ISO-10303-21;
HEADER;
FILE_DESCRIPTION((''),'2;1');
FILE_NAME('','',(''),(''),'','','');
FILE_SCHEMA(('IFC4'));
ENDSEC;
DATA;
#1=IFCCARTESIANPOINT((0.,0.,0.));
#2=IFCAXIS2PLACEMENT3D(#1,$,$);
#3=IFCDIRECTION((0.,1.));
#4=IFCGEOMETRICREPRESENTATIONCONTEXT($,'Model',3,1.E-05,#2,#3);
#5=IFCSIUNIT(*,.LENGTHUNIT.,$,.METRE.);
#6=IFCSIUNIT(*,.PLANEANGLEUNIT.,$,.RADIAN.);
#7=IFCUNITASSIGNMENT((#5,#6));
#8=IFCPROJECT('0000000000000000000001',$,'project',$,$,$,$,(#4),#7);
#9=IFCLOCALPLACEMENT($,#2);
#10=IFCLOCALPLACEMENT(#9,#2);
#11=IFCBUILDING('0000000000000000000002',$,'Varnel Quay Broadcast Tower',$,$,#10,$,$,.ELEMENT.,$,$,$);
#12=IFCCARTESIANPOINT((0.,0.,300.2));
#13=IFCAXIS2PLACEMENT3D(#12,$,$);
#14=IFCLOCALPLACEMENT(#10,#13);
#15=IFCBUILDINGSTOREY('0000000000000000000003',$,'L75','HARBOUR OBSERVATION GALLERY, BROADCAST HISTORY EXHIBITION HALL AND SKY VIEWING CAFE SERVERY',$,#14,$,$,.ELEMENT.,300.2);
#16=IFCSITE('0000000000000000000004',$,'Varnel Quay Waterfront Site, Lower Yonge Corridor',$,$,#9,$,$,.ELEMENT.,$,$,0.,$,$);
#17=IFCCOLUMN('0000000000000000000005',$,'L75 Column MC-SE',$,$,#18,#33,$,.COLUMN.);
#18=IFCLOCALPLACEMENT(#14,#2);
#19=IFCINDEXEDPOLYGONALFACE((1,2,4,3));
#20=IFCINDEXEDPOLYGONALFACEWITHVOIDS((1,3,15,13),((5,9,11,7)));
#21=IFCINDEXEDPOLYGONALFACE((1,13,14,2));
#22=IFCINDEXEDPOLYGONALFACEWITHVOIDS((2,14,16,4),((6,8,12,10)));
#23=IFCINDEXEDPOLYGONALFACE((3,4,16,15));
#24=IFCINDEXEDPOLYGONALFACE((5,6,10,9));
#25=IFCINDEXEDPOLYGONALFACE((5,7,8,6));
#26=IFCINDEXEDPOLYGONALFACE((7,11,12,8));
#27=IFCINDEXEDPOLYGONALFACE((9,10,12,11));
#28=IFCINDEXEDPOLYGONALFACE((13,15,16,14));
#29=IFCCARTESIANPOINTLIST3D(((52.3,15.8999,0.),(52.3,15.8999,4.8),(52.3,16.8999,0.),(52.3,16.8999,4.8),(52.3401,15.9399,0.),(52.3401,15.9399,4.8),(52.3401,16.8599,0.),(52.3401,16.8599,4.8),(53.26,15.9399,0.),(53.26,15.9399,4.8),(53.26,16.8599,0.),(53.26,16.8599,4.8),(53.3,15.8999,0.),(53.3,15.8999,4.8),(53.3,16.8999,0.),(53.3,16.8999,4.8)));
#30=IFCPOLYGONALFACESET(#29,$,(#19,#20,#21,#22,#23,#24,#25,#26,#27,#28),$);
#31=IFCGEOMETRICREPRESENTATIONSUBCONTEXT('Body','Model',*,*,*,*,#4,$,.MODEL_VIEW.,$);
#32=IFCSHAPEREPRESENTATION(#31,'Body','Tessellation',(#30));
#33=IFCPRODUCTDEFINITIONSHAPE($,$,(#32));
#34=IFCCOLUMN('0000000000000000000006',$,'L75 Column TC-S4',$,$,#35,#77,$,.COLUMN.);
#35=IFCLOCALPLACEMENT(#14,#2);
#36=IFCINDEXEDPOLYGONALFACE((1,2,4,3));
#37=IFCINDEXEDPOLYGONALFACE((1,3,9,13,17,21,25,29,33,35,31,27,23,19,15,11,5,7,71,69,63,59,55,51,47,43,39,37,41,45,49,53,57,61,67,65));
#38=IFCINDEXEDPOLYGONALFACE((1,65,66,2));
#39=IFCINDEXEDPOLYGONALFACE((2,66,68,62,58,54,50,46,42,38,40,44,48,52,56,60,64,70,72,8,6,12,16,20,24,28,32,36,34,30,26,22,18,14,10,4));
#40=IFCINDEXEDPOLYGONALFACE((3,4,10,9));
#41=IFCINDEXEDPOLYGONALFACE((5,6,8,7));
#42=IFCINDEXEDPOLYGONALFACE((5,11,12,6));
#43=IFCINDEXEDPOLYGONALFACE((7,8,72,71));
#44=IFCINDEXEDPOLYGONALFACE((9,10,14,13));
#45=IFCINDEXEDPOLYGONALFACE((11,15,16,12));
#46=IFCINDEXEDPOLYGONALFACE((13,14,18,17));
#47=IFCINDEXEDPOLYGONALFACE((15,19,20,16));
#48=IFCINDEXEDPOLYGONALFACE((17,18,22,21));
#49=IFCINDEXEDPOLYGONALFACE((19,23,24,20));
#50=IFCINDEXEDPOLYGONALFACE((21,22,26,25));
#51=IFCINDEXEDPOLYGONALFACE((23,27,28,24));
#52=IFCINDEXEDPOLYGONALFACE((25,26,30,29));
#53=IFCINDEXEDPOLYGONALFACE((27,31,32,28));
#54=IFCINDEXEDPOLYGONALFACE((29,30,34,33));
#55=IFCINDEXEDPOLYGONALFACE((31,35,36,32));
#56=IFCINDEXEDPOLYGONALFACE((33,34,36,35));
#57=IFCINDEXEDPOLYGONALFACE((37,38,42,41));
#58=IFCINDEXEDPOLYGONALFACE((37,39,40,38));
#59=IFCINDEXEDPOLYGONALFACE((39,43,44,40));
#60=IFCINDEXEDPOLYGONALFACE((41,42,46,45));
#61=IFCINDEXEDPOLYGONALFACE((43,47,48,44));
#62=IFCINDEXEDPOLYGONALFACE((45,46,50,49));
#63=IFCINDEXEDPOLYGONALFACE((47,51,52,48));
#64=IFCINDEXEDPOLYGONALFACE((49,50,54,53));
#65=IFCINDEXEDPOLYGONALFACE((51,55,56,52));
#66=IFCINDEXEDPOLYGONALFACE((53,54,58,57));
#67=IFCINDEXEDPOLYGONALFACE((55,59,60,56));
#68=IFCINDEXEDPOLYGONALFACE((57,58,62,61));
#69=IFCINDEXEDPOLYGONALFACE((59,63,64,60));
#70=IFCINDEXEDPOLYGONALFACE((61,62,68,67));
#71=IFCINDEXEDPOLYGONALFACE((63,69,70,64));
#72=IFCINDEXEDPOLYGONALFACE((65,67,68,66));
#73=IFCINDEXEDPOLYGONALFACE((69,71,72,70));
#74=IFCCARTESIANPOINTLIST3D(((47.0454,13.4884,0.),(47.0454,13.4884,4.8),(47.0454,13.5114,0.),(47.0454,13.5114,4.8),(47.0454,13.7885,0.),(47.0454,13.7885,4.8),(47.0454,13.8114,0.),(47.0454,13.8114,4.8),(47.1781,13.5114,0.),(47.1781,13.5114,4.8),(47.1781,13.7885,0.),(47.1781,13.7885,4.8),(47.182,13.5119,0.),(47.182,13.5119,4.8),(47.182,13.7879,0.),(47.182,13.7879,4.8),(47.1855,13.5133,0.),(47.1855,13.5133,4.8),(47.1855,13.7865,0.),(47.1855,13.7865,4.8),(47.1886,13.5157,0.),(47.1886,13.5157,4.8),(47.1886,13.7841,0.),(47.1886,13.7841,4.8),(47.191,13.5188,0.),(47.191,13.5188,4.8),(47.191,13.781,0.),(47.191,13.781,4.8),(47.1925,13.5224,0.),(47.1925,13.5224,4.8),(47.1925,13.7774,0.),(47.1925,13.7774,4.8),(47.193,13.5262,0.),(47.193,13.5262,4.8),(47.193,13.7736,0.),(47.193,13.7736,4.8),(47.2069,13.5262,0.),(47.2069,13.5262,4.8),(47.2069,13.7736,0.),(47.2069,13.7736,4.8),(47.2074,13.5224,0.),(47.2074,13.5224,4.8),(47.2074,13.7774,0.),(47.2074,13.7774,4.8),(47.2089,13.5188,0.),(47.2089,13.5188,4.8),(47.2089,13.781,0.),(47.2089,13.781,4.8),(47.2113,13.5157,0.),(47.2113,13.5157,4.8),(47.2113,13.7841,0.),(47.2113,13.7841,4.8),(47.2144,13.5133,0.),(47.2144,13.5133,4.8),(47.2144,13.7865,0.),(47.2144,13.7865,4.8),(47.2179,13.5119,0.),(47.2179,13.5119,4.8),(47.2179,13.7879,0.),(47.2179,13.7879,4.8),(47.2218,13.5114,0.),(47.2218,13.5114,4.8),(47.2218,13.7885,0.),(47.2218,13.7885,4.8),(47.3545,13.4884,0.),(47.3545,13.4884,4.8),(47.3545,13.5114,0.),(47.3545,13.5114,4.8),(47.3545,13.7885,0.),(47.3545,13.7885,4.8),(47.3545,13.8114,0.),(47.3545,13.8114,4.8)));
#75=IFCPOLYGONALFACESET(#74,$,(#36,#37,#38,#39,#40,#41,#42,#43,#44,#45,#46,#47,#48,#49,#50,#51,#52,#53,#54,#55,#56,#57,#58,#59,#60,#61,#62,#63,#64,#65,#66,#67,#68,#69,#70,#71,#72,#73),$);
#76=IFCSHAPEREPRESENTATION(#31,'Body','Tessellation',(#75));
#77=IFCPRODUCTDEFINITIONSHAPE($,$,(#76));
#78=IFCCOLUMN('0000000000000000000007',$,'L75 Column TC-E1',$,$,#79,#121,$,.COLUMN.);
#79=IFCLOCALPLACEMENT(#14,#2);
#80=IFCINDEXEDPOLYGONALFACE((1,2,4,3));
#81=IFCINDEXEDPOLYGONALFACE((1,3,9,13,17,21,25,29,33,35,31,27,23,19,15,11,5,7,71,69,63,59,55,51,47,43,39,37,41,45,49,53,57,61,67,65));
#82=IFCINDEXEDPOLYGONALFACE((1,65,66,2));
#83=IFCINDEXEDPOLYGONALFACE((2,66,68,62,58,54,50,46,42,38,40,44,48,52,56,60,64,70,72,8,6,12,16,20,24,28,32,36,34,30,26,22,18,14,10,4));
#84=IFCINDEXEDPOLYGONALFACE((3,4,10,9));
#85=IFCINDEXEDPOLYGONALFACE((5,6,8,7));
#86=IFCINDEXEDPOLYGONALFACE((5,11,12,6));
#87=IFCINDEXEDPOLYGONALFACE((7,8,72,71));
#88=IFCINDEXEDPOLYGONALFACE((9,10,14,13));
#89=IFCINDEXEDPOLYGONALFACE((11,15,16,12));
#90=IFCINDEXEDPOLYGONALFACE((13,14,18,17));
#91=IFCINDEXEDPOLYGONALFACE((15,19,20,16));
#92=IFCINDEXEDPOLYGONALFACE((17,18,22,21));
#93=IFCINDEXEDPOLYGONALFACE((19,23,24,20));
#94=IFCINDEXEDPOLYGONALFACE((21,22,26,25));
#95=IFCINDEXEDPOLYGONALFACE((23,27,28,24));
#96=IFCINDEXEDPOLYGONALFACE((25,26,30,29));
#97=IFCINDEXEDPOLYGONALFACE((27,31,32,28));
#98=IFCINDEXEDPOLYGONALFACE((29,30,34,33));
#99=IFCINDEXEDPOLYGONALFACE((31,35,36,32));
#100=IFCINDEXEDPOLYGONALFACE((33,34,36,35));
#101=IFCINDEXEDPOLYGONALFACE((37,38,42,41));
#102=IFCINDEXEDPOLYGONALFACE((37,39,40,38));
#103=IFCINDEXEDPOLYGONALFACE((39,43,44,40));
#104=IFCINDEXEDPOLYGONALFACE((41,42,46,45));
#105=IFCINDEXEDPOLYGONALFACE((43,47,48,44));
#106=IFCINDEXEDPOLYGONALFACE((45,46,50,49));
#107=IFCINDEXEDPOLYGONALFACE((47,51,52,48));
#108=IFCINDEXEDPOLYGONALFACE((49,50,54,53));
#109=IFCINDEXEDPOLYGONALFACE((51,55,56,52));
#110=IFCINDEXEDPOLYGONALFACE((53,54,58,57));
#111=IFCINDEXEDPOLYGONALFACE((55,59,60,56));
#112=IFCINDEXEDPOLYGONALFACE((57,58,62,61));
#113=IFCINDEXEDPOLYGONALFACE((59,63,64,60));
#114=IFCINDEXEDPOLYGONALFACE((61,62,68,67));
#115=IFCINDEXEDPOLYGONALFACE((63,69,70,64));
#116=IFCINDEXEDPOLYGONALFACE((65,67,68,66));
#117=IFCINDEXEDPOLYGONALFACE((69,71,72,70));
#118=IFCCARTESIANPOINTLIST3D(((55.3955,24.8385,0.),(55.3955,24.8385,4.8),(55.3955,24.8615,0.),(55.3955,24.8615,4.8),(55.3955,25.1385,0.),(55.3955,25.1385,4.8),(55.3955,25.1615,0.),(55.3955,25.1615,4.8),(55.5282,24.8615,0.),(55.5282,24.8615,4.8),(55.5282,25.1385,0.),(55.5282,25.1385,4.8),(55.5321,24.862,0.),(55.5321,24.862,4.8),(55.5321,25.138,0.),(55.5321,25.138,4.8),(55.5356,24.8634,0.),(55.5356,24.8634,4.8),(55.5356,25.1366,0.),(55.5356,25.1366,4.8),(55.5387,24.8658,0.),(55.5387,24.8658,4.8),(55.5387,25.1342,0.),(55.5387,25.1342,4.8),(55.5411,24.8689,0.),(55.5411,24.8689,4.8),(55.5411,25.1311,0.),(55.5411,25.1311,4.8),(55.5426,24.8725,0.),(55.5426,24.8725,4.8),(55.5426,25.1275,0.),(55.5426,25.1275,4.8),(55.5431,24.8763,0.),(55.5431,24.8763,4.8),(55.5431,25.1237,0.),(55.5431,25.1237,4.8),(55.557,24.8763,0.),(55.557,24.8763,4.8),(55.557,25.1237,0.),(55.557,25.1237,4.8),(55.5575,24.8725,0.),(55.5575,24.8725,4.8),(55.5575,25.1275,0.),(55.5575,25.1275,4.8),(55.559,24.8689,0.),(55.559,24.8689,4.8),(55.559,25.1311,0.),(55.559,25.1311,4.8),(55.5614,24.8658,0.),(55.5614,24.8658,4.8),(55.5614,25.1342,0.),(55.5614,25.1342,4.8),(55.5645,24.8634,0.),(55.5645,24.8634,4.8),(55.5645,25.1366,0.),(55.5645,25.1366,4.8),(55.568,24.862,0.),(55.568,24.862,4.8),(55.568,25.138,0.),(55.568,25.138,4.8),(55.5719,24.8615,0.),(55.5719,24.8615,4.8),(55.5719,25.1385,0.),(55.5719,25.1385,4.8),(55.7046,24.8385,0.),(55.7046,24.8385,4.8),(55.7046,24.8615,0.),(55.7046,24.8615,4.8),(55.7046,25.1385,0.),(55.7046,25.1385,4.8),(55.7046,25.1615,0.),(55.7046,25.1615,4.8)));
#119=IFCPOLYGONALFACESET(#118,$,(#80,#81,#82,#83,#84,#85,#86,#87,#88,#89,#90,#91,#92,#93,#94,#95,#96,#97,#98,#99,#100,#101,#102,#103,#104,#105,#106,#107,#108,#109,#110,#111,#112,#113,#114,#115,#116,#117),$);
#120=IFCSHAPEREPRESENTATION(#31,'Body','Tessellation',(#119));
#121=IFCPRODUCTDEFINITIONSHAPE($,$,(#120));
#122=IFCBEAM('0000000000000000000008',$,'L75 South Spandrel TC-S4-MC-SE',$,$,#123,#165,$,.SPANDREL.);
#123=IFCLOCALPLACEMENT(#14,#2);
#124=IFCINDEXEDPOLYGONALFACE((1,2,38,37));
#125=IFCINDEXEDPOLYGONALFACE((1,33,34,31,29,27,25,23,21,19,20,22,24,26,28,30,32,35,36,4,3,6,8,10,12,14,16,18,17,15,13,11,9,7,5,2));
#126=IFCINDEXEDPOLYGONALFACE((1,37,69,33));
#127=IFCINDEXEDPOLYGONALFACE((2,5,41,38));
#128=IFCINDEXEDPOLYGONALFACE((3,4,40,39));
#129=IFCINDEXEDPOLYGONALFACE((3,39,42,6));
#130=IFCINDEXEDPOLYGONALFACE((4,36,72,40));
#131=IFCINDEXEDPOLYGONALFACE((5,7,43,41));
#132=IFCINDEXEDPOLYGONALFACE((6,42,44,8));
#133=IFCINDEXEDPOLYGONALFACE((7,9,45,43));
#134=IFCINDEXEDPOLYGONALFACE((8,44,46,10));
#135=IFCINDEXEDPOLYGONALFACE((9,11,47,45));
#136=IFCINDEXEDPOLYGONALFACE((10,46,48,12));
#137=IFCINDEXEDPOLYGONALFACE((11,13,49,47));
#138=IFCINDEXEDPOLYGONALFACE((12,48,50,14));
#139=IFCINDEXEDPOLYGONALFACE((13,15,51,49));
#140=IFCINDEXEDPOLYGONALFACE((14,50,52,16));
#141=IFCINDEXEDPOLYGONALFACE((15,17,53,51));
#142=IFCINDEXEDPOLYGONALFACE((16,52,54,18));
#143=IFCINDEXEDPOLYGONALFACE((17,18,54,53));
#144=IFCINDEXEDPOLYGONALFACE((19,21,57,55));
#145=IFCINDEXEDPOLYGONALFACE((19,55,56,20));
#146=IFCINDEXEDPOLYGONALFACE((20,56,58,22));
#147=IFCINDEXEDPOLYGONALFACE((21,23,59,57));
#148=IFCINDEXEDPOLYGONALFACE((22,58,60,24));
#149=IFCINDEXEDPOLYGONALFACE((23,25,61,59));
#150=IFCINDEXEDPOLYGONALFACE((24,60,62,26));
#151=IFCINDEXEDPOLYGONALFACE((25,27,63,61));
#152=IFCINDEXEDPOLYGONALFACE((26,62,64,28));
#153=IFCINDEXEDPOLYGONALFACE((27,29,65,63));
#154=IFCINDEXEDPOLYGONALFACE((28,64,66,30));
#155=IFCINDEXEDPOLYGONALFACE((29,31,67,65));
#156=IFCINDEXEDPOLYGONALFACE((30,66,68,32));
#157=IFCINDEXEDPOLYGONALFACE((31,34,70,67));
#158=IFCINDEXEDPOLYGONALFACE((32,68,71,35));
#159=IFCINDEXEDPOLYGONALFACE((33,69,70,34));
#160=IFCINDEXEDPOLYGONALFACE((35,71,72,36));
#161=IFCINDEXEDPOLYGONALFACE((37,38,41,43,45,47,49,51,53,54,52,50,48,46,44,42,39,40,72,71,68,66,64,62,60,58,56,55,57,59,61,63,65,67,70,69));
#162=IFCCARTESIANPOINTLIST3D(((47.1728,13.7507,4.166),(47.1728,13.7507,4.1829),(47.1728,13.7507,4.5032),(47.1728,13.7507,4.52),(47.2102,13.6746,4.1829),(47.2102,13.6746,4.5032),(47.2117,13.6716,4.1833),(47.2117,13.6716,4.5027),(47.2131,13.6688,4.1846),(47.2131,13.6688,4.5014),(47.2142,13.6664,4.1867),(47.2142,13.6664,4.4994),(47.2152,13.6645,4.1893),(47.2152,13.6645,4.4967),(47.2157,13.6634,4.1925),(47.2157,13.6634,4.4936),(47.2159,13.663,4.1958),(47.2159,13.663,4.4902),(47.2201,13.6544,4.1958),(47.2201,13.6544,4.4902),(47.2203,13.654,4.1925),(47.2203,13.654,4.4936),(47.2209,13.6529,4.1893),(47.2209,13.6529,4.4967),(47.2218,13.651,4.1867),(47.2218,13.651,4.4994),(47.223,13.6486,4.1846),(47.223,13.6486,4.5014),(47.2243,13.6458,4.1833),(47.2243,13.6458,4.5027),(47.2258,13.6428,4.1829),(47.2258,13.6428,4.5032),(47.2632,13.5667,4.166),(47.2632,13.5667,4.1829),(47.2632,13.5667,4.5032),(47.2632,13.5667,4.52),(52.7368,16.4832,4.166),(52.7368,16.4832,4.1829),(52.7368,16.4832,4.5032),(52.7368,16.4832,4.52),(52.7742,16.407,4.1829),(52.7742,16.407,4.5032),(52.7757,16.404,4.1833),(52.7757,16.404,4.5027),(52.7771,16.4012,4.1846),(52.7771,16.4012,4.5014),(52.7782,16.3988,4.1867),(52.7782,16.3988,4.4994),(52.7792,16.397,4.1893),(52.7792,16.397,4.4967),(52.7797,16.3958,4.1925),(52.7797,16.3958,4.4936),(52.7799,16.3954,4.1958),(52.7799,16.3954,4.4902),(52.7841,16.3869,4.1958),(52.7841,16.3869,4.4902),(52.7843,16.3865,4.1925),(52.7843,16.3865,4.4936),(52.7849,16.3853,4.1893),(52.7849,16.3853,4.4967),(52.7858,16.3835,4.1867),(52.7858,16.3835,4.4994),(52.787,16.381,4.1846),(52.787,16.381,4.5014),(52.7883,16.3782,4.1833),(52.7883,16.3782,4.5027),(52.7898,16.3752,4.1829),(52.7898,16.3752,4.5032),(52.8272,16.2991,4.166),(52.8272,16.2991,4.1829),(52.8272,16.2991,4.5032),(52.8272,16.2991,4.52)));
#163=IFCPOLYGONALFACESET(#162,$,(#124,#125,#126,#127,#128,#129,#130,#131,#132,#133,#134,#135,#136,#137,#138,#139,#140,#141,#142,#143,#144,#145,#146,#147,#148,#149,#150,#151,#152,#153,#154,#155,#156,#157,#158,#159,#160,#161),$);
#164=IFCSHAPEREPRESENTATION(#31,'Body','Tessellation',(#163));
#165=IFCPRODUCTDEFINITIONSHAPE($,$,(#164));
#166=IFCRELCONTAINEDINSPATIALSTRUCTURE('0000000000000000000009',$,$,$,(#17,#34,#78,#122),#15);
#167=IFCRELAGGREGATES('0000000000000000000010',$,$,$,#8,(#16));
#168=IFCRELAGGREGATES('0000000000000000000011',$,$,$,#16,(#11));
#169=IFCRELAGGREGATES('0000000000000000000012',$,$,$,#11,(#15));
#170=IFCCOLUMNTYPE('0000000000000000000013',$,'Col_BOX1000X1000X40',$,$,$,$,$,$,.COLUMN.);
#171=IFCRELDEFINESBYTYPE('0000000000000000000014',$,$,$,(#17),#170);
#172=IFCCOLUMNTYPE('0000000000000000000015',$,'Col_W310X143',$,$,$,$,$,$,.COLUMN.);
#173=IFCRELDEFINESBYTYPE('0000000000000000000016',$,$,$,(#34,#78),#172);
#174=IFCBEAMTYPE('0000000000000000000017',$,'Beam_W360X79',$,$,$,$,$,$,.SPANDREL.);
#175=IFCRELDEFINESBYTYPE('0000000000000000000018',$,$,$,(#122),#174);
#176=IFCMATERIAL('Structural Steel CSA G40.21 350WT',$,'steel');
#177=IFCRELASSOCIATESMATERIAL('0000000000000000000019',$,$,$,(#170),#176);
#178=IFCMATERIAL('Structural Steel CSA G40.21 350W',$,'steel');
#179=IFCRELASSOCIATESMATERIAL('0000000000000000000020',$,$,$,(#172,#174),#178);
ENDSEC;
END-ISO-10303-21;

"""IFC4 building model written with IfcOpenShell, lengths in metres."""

from ifc_helpers import new_model, si_unit, direction, frame, origin, origin_2d, place, context, subcontext, project, spatial, hollow_rectangle, i_section, extrude, source, transform, mapped, material, material_profile, profile_set, type_object, type_shapes, element, save


model = new_model("IFC4")

# Units and contexts
model_context = context("Model", 3, precision=1e-05, world=origin(), true_north=direction((0.0, 1.0)))
body_context = subcontext(model_context, "Body", "Model", "MODEL_VIEW")
ifc_project = project(units=[si_unit("LENGTHUNIT", "METRE"), si_unit("PLANEANGLEUNIT", "RADIAN")], contexts=[model_context])

# Site, building, storey
site_placement = place(None, origin())
site = spatial("IfcSite", under=ifc_project, at=site_placement, Name="Varnel Quay Waterfront Site, Lower Yonge Corridor", CompositionType="ELEMENT", RefElevation=0.0)
building_placement = place(site_placement, origin())
building = spatial("IfcBuilding", under=site, at=building_placement, Name="Varnel Quay Broadcast Tower", CompositionType="ELEMENT")
storey_placement = place(building_placement, frame((0.0, 0.0, 300.2)))
storey = spatial("IfcBuildingStorey", under=building, at=storey_placement, Name="L75", Description="HARBOUR OBSERVATION GALLERY, BROADCAST HISTORY EXHIBITION HALL AND SKY VIEWING CAFE SERVERY", CompositionType="ELEMENT", Elevation=300.2)

# Columns
ifc_material_1 = material(Name="Structural Steel CSA G40.21 350WT", Category="steel")
ifc_material_profile_1 = material_profile(ifc_material_1, hollow_rectangle(XDim=1.0, YDim=1.0, WallThickness=0.04, at=origin_2d()), Name="BOX1000X1000X40")
ifc_profile_set_1 = profile_set([ifc_material_profile_1], Name="Structural Steel CSA G40.21 350WT")
column_type_1 = type_object("IfcColumnType", Name="Col_BOX1000X1000X40", PredefinedType="COLUMN", material=ifc_profile_set_1)
shared_shape_1 = source(origin(), body_context, "Body", "SweptSolid", [
    extrude(hollow_rectangle(XDim=1.0, YDim=1.0, WallThickness=0.04, at=origin_2d()), origin(), (0.0, 0.0, 1.0), 4.8),
])
type_shapes(column_type_1, [shared_shape_1])
column_placement = place(storey_placement, frame((52.8, 16.3999, 0.0), z_axis=(0.0, 0.0, 1.0), x_axis=(1.0, 0.0, 0.0)))
element("IfcColumn", 1, at=column_placement, inside=storey, type_object=column_type_1, Name="L75 Column MC-SE", PredefinedType="COLUMN", context=body_context, shape_type="MappedRepresentation", body=[
    mapped(shared_shape_1, transform((0.0, 0.0, 0.0), x_axis=(1.0, 0.0, 0.0), y_axis=(0.0, 1.0, 0.0), z_axis=(0.0, 0.0, 1.0), scale=1.0)),
])
ifc_material_2 = material(Name="Structural Steel CSA G40.21 350W", Category="steel")
ifc_material_profile_2 = material_profile(ifc_material_2, i_section(OverallWidth=0.3091, OverallDepth=0.323, WebThickness=0.0139, FlangeThickness=0.0229, FilletRadius=0.0149, at=origin_2d()), Name="W310X143")
ifc_profile_set_2 = profile_set([ifc_material_profile_2], Name="Structural Steel CSA G40.21 350W")
column_type_2 = type_object("IfcColumnType", Name="Col_W310X143", PredefinedType="COLUMN", material=ifc_profile_set_2)
shared_shape_2 = source(origin(), body_context, "Body", "SweptSolid", [
    extrude(i_section(OverallWidth=0.3091, OverallDepth=0.323, WebThickness=0.0139, FlangeThickness=0.0229, FilletRadius=0.0149, at=origin_2d()), origin(), (0.0, 0.0, 1.0), 4.8),
])
type_shapes(column_type_2, [shared_shape_2])
for number, where, z_axis, x_axis, name in (
    (2, (47.2, 13.6499, 0.0), (0.0, 0.0, 1.0), (1.0, 0.0, 0.0), "L75 Column TC-S4"),
    (3, (55.55, 25.0, 0.0), (0.0, 0.0, 1.0), (1.0, 0.0, 0.0), "L75 Column TC-E1"),
):
    element("IfcColumn", number, at=place(storey_placement, frame(where, z_axis=z_axis, x_axis=x_axis)), inside=storey, type_object=column_type_2, Name=name, PredefinedType="COLUMN", context=body_context, shape_type="MappedRepresentation", body=[
        mapped(shared_shape_2, transform((0.0, 0.0, 0.0), x_axis=(1.0, 0.0, 0.0), y_axis=(0.0, 1.0, 0.0), z_axis=(0.0, 0.0, 1.0), scale=1.0)),
    ])

# Beam
ifc_material_profile_3 = material_profile(ifc_material_2, i_section(OverallWidth=0.2051, OverallDepth=0.354, WebThickness=0.0095, FlangeThickness=0.0168, FilletRadius=0.0129, at=origin_2d()), Name="W360X79")
ifc_profile_set_3 = profile_set([ifc_material_profile_3], Name="Structural Steel CSA G40.21 350W")
beam_type = type_object("IfcBeamType", Name="Beam_W360X79", PredefinedType="SPANDREL", material=ifc_profile_set_3)
shared_shape_3 = source(origin(), body_context, "Body", "SweptSolid", [
    extrude(i_section(OverallWidth=0.2051, OverallDepth=0.354, WebThickness=0.0095, FlangeThickness=0.0168, FilletRadius=0.0129, at=origin_2d()), origin(), (0.0, 0.0, 1.0), 6.1987),
])
beam_1_placement = place(storey_placement, frame((47.218, 13.6587, 4.343), z_axis=(0.897602, 0.440806, 0.0), x_axis=(-0.440806, 0.897602, 0.0)))
element("IfcBeam", 4, at=beam_1_placement, inside=storey, type_object=beam_type, Name="L75 South Spandrel TC-S4-MC-SE", PredefinedType="SPANDREL", context=body_context, shape_type="MappedRepresentation", body=[
    mapped(shared_shape_3, transform((0.0, 0.0, 0.0), x_axis=(1.0, 0.0, 0.0), y_axis=(0.0, 1.0, 0.0), z_axis=(0.0, 0.0, 1.0), scale=1.0)),
])

save(model, "model.ifc")
